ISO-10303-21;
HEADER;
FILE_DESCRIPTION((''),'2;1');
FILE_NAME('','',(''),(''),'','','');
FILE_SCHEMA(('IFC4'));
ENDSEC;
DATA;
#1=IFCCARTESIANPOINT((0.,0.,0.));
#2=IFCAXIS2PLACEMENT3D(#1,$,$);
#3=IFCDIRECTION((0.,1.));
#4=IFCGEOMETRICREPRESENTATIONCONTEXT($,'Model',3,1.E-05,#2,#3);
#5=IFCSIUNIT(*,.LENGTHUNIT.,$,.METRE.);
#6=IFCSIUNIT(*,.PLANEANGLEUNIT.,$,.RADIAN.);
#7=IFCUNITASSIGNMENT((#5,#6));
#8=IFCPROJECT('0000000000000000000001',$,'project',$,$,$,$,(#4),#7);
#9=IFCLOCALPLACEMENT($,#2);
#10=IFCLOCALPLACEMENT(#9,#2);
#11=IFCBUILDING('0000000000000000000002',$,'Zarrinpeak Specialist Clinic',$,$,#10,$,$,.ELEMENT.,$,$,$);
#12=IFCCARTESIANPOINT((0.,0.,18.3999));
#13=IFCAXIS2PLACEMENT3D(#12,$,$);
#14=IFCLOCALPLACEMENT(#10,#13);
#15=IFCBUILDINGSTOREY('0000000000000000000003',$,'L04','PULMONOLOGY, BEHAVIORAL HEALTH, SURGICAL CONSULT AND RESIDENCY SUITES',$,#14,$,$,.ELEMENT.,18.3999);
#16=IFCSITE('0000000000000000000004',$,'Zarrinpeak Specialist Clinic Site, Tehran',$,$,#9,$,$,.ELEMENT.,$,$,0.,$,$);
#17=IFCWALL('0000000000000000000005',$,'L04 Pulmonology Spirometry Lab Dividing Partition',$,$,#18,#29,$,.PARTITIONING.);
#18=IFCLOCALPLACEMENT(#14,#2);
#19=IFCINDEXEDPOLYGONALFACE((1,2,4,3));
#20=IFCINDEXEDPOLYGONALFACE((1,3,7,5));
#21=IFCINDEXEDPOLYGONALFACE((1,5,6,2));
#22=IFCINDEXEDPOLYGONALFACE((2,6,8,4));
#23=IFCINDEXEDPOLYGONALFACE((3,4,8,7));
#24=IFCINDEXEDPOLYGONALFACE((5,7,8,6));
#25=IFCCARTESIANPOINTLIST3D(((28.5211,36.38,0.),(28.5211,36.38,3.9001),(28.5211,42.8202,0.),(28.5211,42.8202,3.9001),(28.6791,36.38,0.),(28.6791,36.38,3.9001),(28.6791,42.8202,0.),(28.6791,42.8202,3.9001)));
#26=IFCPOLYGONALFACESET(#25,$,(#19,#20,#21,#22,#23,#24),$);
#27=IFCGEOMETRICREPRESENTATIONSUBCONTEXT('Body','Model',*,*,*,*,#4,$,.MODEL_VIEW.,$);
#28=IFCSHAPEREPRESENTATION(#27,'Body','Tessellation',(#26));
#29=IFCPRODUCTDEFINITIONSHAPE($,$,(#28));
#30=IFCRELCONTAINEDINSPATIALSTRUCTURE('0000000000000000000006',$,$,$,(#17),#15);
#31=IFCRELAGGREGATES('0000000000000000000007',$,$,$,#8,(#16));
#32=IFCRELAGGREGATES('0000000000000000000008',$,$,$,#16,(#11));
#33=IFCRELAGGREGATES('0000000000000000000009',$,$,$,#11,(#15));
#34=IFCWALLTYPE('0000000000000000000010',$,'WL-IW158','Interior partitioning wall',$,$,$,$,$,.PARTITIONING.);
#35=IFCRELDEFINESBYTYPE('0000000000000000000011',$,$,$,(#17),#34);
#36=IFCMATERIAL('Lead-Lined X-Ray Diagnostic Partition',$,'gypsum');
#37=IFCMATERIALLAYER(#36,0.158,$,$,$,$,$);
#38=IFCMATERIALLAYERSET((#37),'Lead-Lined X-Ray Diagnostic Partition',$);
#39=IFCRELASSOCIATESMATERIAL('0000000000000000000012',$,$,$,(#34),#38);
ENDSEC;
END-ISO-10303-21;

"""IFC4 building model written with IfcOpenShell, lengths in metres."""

from ifc_helpers import new_model, si_unit, direction, frame, frame_2d, origin, place, context, subcontext, project, spatial, rectangle, extrude, material, layer, layer_set, type_object, element, save


model = new_model("IFC4")

# Units and contexts
model_context = context("Model", 3, precision=1e-05, world=origin(), true_north=direction((0.0, 1.0)))
body_context = subcontext(model_context, "Body", "Model", "MODEL_VIEW")
ifc_project = project(units=[si_unit("LENGTHUNIT", "METRE"), si_unit("PLANEANGLEUNIT", "RADIAN")], contexts=[model_context])

# Site, building, storey
site_placement = place(None, origin())
site = spatial("IfcSite", under=ifc_project, at=site_placement, Name="Zarrinpeak Specialist Clinic Site, Tehran", CompositionType="ELEMENT", RefElevation=0.0)
building_placement = place(site_placement, origin())
building = spatial("IfcBuilding", under=site, at=building_placement, Name="Zarrinpeak Specialist Clinic", CompositionType="ELEMENT")
storey_placement = place(building_placement, frame((0.0, 0.0, 18.3999)))
storey = spatial("IfcBuildingStorey", under=building, at=storey_placement, Name="L04", Description="PULMONOLOGY, BEHAVIORAL HEALTH, SURGICAL CONSULT AND RESIDENCY SUITES", CompositionType="ELEMENT", Elevation=18.3999)

# Wall
ifc_material_1 = material(Name="Lead-Lined X-Ray Diagnostic Partition", Category="gypsum")
ifc_layer_1 = layer(ifc_material_1, 0.158)
ifc_layer_set_1 = layer_set([ifc_layer_1], Name="Lead-Lined X-Ray Diagnostic Partition")
wall_type_1 = type_object("IfcWallType", Name="WL-IW158", Description="Interior partitioning wall", PredefinedType="PARTITIONING", material=ifc_layer_set_1)
wall_1_placement = place(storey_placement, frame((28.6001, 36.3799, 0.0), z_axis=(0.0, 0.0, 1.0), x_axis=(0.0, 1.0, 0.0)))
element("IfcWall", 1, at=wall_1_placement, inside=storey, type_object=wall_type_1, Name="L04 Pulmonology Spirometry Lab Dividing Partition", PredefinedType="PARTITIONING", context=body_context, shape_type="SweptSolid", body=[
    extrude(rectangle(XDim=6.4402, YDim=0.158, at=frame_2d((3.2202, 0.0))), origin(), (0.0, 0.0, 1.0), 3.9001),
])

save(model, "model.ifc")
